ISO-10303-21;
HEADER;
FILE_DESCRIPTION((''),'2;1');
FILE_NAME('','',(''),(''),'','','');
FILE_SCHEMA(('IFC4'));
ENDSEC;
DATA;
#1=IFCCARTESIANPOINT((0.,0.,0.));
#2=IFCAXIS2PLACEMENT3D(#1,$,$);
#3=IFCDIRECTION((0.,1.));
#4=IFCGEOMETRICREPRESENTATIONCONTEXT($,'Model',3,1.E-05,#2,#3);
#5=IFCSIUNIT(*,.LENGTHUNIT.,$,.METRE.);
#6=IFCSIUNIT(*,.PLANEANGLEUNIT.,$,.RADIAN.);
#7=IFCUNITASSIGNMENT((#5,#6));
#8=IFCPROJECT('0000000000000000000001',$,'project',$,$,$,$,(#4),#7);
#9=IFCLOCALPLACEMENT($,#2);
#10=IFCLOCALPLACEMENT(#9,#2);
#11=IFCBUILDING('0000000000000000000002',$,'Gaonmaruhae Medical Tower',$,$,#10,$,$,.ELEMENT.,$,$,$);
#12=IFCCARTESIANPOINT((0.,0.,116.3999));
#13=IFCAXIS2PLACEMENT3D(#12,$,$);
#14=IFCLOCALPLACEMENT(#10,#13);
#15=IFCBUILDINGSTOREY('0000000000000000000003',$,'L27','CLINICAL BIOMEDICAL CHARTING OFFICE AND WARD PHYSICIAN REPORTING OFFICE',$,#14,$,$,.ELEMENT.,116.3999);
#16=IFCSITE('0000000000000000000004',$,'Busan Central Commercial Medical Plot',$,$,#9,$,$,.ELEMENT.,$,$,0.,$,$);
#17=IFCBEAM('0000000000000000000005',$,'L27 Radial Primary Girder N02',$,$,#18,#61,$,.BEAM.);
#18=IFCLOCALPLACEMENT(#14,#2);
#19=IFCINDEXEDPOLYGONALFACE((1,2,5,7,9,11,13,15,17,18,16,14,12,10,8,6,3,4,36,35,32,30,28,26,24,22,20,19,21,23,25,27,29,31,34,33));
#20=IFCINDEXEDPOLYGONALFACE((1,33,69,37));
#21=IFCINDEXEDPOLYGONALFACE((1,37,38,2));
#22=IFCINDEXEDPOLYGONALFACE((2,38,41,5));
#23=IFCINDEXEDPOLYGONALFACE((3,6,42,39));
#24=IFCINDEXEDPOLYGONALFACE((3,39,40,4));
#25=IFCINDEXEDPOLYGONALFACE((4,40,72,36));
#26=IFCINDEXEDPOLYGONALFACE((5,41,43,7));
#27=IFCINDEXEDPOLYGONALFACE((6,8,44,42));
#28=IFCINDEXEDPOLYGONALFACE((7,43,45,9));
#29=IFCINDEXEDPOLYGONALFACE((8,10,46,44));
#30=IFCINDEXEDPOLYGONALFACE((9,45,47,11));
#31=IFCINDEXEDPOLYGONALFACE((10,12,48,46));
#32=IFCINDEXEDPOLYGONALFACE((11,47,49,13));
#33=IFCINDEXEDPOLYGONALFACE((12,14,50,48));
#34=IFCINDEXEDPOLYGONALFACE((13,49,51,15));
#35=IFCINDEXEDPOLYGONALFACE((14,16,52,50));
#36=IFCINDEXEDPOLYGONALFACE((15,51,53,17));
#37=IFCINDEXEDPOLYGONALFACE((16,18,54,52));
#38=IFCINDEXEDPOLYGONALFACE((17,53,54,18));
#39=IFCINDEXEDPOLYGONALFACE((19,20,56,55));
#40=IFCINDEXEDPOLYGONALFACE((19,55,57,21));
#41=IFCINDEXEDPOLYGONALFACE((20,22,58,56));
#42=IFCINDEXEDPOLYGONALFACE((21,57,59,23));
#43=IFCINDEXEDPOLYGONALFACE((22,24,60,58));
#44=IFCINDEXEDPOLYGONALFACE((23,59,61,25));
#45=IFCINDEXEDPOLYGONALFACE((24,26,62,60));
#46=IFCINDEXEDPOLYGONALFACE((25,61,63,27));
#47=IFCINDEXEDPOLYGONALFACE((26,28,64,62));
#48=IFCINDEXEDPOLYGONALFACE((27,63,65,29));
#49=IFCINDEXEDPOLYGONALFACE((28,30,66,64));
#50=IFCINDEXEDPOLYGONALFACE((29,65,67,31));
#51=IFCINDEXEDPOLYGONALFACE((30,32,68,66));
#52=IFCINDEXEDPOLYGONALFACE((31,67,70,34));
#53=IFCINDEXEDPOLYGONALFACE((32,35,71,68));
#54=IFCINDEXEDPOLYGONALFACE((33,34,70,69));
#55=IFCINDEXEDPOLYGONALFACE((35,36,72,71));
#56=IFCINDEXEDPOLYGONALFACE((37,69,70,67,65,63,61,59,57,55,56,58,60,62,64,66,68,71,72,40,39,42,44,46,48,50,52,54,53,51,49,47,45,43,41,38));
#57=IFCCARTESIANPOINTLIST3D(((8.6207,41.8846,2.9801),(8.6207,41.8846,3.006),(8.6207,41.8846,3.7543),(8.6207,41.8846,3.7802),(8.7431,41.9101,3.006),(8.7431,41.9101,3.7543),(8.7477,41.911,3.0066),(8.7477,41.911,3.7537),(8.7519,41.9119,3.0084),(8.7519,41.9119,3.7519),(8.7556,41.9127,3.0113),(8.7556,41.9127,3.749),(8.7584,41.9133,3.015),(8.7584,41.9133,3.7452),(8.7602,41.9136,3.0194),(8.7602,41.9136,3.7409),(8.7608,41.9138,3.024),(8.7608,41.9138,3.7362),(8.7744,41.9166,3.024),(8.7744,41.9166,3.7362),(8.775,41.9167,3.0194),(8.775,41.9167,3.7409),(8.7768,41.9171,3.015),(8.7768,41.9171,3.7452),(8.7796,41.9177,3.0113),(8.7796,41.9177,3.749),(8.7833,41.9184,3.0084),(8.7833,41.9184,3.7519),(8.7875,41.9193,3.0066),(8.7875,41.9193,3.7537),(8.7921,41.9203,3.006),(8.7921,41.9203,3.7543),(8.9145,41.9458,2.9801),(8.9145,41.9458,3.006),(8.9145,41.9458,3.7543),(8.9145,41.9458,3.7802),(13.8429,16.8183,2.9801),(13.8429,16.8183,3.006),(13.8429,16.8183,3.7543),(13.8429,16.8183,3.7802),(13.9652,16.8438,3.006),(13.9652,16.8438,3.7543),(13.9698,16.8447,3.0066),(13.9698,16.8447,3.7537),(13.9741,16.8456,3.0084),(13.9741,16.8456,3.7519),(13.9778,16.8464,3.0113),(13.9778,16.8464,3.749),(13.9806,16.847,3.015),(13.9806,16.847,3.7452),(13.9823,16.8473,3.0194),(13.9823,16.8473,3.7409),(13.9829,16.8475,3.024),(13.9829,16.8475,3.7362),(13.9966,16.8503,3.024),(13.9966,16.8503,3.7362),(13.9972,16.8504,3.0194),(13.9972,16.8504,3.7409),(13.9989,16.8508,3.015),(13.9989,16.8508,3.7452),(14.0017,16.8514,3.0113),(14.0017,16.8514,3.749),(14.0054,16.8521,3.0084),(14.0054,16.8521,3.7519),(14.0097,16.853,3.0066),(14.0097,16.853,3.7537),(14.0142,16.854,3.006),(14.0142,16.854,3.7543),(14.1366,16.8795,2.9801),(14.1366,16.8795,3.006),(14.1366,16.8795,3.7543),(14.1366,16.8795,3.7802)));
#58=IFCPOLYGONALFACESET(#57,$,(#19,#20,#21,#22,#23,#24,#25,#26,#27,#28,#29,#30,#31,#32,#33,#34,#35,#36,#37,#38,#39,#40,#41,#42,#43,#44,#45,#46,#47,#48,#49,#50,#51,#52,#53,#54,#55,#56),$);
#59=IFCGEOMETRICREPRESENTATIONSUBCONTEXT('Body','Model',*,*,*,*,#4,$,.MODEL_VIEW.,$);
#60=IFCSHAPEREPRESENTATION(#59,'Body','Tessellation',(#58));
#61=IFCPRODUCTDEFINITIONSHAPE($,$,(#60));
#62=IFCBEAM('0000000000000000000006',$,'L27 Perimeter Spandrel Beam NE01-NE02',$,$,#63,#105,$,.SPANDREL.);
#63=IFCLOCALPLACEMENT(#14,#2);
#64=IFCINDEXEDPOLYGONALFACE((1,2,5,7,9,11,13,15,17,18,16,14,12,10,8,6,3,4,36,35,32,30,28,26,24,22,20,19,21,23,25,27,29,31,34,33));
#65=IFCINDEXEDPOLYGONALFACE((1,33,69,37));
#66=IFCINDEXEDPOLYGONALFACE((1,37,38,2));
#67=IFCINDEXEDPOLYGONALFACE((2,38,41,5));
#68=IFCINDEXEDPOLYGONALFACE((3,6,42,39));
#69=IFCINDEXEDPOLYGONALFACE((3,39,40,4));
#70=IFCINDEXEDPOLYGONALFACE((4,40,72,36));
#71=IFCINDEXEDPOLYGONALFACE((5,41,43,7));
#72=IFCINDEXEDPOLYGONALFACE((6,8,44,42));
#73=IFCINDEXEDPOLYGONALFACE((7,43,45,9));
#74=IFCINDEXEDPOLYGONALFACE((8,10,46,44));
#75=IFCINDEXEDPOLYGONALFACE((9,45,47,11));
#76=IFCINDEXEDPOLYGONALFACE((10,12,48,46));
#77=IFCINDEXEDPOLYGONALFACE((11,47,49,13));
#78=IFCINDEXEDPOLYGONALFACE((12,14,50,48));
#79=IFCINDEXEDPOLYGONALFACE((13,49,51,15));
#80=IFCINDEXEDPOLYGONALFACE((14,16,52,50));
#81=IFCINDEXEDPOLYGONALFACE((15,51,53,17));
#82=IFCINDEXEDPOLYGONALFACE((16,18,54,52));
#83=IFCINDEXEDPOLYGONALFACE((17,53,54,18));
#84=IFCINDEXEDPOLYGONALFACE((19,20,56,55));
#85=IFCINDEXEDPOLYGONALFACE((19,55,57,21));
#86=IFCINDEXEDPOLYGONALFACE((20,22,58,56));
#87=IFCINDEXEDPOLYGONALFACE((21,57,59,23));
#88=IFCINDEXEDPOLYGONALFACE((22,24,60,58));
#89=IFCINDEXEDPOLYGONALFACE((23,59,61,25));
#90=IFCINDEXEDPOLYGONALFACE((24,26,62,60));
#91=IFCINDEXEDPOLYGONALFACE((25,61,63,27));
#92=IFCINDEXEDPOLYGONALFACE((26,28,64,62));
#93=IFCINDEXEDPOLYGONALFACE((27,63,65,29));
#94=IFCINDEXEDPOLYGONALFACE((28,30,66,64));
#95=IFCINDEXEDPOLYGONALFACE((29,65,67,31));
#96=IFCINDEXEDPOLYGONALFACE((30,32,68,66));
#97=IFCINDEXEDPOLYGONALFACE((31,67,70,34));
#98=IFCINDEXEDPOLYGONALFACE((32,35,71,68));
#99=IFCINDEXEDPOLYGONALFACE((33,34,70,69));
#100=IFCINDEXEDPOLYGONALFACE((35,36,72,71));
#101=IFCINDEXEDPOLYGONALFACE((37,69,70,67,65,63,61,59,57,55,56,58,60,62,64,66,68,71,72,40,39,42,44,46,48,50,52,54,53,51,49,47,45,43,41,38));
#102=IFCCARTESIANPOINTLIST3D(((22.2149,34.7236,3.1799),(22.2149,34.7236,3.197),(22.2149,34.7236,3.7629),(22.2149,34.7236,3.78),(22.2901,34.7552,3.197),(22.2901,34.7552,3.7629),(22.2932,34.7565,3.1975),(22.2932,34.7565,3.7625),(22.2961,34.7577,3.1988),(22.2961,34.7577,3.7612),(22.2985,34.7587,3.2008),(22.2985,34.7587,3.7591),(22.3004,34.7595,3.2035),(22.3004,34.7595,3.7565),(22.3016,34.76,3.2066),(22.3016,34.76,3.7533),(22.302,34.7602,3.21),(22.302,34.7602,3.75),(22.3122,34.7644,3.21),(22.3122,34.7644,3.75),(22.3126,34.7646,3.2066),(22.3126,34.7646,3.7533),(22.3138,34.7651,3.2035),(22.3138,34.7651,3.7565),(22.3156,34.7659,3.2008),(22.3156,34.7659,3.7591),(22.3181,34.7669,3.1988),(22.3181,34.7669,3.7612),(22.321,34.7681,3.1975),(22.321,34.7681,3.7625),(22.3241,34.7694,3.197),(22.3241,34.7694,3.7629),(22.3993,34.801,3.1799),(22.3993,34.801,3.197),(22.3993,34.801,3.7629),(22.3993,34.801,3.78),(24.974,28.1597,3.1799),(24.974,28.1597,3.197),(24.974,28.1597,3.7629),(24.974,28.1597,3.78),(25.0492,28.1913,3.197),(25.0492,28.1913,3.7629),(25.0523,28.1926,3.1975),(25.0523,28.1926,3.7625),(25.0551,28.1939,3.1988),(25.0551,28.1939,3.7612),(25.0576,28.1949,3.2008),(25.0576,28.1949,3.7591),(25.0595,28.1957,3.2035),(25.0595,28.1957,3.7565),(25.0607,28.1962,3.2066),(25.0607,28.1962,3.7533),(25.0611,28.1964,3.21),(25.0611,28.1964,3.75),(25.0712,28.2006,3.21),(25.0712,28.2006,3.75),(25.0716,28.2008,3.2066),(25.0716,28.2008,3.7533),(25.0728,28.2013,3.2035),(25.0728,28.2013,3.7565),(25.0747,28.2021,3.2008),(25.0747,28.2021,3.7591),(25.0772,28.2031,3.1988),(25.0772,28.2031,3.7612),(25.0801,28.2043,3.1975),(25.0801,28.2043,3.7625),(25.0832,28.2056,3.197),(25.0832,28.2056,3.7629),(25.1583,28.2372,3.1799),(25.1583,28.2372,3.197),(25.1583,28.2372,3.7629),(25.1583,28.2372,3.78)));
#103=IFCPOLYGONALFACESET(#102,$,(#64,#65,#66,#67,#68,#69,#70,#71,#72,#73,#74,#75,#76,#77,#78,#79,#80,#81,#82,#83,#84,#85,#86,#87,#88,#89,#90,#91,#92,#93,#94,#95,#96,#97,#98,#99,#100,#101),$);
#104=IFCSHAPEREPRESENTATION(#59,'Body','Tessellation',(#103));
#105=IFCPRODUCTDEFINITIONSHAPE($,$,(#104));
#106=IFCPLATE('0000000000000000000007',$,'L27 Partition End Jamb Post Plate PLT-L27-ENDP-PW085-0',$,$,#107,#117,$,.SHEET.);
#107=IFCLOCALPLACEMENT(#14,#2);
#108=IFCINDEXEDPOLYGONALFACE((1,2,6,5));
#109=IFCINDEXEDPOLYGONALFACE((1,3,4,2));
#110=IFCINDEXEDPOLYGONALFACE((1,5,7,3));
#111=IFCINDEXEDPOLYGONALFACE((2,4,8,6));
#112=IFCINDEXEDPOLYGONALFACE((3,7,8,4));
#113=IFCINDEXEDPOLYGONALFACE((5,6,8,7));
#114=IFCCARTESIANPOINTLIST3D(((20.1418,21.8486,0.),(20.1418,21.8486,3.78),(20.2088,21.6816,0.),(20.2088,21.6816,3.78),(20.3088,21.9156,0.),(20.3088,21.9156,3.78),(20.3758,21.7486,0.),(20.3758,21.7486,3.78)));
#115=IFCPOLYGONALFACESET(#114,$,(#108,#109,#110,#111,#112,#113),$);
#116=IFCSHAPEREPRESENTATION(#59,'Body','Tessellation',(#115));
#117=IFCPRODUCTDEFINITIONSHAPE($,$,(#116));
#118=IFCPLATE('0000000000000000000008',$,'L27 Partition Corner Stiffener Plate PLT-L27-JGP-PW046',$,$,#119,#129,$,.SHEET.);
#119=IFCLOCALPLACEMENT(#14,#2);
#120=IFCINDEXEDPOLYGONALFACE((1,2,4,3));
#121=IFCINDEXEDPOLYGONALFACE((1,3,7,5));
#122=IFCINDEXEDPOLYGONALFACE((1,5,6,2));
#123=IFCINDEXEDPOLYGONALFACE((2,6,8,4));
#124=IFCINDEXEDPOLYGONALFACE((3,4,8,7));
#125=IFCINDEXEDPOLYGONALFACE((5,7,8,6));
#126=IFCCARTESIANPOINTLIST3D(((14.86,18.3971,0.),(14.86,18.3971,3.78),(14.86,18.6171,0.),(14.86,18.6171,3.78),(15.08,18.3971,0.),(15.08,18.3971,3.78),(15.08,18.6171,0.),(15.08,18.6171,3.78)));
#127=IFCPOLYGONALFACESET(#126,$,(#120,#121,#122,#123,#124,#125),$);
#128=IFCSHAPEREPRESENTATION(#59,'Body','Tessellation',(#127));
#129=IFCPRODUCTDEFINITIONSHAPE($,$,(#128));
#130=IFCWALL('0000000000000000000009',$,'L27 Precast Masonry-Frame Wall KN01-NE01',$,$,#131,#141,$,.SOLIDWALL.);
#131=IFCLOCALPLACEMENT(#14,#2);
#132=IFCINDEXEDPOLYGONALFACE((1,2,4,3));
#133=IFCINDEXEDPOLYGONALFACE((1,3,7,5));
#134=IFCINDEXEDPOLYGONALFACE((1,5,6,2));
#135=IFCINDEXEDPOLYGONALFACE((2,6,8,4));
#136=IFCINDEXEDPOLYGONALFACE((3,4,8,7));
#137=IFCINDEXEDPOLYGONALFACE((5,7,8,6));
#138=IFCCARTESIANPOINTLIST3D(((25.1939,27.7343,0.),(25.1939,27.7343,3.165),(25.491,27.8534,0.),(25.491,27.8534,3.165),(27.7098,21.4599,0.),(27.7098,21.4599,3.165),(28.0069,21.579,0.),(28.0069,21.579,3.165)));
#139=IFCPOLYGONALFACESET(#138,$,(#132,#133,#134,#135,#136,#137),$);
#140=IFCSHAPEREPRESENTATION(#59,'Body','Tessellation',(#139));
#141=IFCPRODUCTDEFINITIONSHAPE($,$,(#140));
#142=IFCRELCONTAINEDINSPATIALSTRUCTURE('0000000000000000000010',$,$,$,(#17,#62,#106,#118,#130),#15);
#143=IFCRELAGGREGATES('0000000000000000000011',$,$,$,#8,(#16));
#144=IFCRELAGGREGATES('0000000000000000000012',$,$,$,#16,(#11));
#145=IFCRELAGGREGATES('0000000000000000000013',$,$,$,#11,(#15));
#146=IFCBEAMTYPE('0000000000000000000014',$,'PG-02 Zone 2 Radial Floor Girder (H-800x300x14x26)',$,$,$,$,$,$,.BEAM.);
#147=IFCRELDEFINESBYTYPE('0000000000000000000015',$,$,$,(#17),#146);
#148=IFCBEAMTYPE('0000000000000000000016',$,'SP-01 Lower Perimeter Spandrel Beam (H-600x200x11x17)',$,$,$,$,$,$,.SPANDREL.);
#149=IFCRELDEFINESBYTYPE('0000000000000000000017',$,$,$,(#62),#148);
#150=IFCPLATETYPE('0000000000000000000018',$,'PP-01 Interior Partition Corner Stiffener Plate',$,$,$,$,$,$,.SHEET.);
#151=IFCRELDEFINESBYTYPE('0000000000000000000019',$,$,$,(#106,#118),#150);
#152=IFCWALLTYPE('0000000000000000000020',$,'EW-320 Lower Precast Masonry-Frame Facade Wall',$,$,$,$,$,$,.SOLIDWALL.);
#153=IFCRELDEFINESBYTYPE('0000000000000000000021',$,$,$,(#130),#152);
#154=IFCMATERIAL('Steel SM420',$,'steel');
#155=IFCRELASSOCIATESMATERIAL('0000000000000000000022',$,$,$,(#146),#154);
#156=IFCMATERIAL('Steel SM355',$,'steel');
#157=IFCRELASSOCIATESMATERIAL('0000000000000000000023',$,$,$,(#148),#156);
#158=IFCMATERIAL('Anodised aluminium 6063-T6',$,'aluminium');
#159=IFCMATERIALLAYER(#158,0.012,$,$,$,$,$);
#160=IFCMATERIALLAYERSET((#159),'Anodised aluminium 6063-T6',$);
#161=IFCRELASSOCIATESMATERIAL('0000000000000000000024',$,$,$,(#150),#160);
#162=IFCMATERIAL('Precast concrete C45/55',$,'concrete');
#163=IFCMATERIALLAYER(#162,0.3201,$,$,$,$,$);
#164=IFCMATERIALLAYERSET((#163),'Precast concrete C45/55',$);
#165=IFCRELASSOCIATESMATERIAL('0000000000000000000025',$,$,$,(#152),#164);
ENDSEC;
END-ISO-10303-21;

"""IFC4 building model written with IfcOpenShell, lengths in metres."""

from ifc_helpers import new_model, si_unit, direction, frame, frame_2d, origin, origin_2d, place, context, subcontext, project, spatial, rectangle, i_section, extrude, material, layer, layer_set, material_profile, profile_set, type_object, element, save


model = new_model("IFC4")

# Units and contexts
model_context = context("Model", 3, precision=1e-05, world=origin(), true_north=direction((0.0, 1.0)))
body_context = subcontext(model_context, "Body", "Model", "MODEL_VIEW")
ifc_project = project(units=[si_unit("LENGTHUNIT", "METRE"), si_unit("PLANEANGLEUNIT", "RADIAN")], contexts=[model_context])

# Site, building, storey
site_placement = place(None, origin())
site = spatial("IfcSite", under=ifc_project, at=site_placement, Name="Busan Central Commercial Medical Plot", CompositionType="ELEMENT", RefElevation=0.0)
building_placement = place(site_placement, origin())
building = spatial("IfcBuilding", under=site, at=building_placement, Name="Gaonmaruhae Medical Tower", CompositionType="ELEMENT")
storey_placement = place(building_placement, frame((0.0, 0.0, 116.3999)))
storey = spatial("IfcBuildingStorey", under=building, at=storey_placement, Name="L27", Description="CLINICAL BIOMEDICAL CHARTING OFFICE AND WARD PHYSICIAN REPORTING OFFICE", CompositionType="ELEMENT", Elevation=116.3999)

# Beams
ifc_material_1 = material(Name="Steel SM355", Category="steel")
ifc_material_2 = material(Name="Steel SM420", Category="steel")
ifc_material_profile_1 = material_profile(ifc_material_2, i_section(OverallWidth=0.3, OverallDepth=0.8, WebThickness=0.0139, FlangeThickness=0.0259, FilletRadius=0.0181, at=origin_2d()), Name="H-800x300x14x26")
ifc_profile_set_1 = profile_set([ifc_material_profile_1], Name="Steel SM420")
beam_type_1 = type_object("IfcBeamType", Name="PG-02 Zone 2 Radial Floor Girder (H-800x300x14x26)", PredefinedType="BEAM", material=ifc_profile_set_1)
beam_1_placement = place(storey_placement, frame((13.9897, 16.8489, 3.3801), z_axis=(-0.203954, 0.97898, 0.0), x_axis=(-0.97898, -0.203954, 0.0)))
element("IfcBeam", 1, at=beam_1_placement, inside=storey, type_object=beam_type_1, Name="L27 Radial Primary Girder N02", PredefinedType="BEAM", context=body_context, shape_type="SweptSolid", body=[
    extrude(i_section(OverallWidth=0.3, OverallDepth=0.8, WebThickness=0.0139, FlangeThickness=0.0259, FilletRadius=0.0181, at=origin_2d()), origin(), (0.0, 0.0, 1.0), 25.6045),
])
ifc_material_profile_2 = material_profile(ifc_material_1, i_section(OverallWidth=0.2, OverallDepth=0.6001, WebThickness=0.011, FlangeThickness=0.0171, FilletRadius=0.0129, at=origin_2d()), Name="H-600x200x11x17")
ifc_profile_set_2 = profile_set([ifc_material_profile_2], Name="Steel SM355")
beam_type_2 = type_object("IfcBeamType", Name="SP-01 Lower Perimeter Spandrel Beam (H-600x200x11x17)", PredefinedType="SPANDREL", material=ifc_profile_set_2)
beam_2_placement = place(storey_placement, frame((25.0662, 28.1985, 3.48), z_axis=(-0.387504, 0.921868, 0.0), x_axis=(-0.921868, -0.387504, 0.0)))
element("IfcBeam", 2, at=beam_2_placement, inside=storey, type_object=beam_type_2, Name="L27 Perimeter Spandrel Beam NE01-NE02", PredefinedType="SPANDREL", context=body_context, shape_type="SweptSolid", body=[
    extrude(i_section(OverallWidth=0.2, OverallDepth=0.6001, WebThickness=0.011, FlangeThickness=0.0171, FilletRadius=0.0129, at=origin_2d()), origin(), (0.0, 0.0, 1.0), 7.1201),
])

# Plates
ifc_material_3 = material(Name="Anodised aluminium 6063-T6", Category="aluminium")
ifc_layer_1 = layer(ifc_material_3, 0.012)
ifc_layer_set_1 = layer_set([ifc_layer_1], Name="Anodised aluminium 6063-T6")
plate_type = type_object("IfcPlateType", Name="PP-01 Interior Partition Corner Stiffener Plate", PredefinedType="SHEET", material=ifc_layer_set_1)
plate_1_placement = place(storey_placement, frame((20.2588, 21.7986, 0.0), z_axis=(0.0, 0.0, 1.0), x_axis=(-0.37221, 0.928148, 0.0)))
element("IfcPlate", 3, at=plate_1_placement, inside=storey, type_object=plate_type, Name="L27 Partition End Jamb Post Plate PLT-L27-ENDP-PW085-0", PredefinedType="SHEET", context=body_context, shape_type="SweptSolid", body=[
    extrude(rectangle(XDim=0.1799, YDim=0.1799, at=origin_2d()), origin(), (0.0, 0.0, 1.0), 3.78),
])
plate_2_placement = place(storey_placement, frame((14.97, 18.5071, 0.0), z_axis=(0.0, 0.0, 1.0), x_axis=(0.0, -1.0, 0.0)))
element("IfcPlate", 4, at=plate_2_placement, inside=storey, type_object=plate_type, Name="L27 Partition Corner Stiffener Plate PLT-L27-JGP-PW046", PredefinedType="SHEET", context=body_context, shape_type="SweptSolid", body=[
    extrude(rectangle(XDim=0.22, YDim=0.22, at=origin_2d()), origin(), (0.0, 0.0, 1.0), 3.78),
])

# Wall
ifc_material_4 = material(Name="Precast concrete C45/55", Category="concrete")
ifc_layer_2 = layer(ifc_material_4, 0.3201)
ifc_layer_set_2 = layer_set([ifc_layer_2], Name="Precast concrete C45/55")
wall_type_1 = type_object("IfcWallType", Name="EW-320 Lower Precast Masonry-Frame Facade Wall", PredefinedType="SOLIDWALL", material=ifc_layer_set_2)
wall_1_placement = place(storey_placement, frame((25.3425, 27.7937, 0.0), z_axis=(0.0, 0.0, 1.0), x_axis=(0.372169, -0.928165, 0.0)))
element("IfcWall", 5, at=wall_1_placement, inside=storey, type_object=wall_type_1, Name="L27 Precast Masonry-Frame Wall KN01-NE01", PredefinedType="SOLIDWALL", context=body_context, shape_type="SweptSolid", body=[
    extrude(rectangle(XDim=6.76, YDim=0.3201, at=frame_2d((3.3799, 0.0))), origin(), (0.0, 0.0, 1.0), 3.165),
])

save(model, "model.ifc")
